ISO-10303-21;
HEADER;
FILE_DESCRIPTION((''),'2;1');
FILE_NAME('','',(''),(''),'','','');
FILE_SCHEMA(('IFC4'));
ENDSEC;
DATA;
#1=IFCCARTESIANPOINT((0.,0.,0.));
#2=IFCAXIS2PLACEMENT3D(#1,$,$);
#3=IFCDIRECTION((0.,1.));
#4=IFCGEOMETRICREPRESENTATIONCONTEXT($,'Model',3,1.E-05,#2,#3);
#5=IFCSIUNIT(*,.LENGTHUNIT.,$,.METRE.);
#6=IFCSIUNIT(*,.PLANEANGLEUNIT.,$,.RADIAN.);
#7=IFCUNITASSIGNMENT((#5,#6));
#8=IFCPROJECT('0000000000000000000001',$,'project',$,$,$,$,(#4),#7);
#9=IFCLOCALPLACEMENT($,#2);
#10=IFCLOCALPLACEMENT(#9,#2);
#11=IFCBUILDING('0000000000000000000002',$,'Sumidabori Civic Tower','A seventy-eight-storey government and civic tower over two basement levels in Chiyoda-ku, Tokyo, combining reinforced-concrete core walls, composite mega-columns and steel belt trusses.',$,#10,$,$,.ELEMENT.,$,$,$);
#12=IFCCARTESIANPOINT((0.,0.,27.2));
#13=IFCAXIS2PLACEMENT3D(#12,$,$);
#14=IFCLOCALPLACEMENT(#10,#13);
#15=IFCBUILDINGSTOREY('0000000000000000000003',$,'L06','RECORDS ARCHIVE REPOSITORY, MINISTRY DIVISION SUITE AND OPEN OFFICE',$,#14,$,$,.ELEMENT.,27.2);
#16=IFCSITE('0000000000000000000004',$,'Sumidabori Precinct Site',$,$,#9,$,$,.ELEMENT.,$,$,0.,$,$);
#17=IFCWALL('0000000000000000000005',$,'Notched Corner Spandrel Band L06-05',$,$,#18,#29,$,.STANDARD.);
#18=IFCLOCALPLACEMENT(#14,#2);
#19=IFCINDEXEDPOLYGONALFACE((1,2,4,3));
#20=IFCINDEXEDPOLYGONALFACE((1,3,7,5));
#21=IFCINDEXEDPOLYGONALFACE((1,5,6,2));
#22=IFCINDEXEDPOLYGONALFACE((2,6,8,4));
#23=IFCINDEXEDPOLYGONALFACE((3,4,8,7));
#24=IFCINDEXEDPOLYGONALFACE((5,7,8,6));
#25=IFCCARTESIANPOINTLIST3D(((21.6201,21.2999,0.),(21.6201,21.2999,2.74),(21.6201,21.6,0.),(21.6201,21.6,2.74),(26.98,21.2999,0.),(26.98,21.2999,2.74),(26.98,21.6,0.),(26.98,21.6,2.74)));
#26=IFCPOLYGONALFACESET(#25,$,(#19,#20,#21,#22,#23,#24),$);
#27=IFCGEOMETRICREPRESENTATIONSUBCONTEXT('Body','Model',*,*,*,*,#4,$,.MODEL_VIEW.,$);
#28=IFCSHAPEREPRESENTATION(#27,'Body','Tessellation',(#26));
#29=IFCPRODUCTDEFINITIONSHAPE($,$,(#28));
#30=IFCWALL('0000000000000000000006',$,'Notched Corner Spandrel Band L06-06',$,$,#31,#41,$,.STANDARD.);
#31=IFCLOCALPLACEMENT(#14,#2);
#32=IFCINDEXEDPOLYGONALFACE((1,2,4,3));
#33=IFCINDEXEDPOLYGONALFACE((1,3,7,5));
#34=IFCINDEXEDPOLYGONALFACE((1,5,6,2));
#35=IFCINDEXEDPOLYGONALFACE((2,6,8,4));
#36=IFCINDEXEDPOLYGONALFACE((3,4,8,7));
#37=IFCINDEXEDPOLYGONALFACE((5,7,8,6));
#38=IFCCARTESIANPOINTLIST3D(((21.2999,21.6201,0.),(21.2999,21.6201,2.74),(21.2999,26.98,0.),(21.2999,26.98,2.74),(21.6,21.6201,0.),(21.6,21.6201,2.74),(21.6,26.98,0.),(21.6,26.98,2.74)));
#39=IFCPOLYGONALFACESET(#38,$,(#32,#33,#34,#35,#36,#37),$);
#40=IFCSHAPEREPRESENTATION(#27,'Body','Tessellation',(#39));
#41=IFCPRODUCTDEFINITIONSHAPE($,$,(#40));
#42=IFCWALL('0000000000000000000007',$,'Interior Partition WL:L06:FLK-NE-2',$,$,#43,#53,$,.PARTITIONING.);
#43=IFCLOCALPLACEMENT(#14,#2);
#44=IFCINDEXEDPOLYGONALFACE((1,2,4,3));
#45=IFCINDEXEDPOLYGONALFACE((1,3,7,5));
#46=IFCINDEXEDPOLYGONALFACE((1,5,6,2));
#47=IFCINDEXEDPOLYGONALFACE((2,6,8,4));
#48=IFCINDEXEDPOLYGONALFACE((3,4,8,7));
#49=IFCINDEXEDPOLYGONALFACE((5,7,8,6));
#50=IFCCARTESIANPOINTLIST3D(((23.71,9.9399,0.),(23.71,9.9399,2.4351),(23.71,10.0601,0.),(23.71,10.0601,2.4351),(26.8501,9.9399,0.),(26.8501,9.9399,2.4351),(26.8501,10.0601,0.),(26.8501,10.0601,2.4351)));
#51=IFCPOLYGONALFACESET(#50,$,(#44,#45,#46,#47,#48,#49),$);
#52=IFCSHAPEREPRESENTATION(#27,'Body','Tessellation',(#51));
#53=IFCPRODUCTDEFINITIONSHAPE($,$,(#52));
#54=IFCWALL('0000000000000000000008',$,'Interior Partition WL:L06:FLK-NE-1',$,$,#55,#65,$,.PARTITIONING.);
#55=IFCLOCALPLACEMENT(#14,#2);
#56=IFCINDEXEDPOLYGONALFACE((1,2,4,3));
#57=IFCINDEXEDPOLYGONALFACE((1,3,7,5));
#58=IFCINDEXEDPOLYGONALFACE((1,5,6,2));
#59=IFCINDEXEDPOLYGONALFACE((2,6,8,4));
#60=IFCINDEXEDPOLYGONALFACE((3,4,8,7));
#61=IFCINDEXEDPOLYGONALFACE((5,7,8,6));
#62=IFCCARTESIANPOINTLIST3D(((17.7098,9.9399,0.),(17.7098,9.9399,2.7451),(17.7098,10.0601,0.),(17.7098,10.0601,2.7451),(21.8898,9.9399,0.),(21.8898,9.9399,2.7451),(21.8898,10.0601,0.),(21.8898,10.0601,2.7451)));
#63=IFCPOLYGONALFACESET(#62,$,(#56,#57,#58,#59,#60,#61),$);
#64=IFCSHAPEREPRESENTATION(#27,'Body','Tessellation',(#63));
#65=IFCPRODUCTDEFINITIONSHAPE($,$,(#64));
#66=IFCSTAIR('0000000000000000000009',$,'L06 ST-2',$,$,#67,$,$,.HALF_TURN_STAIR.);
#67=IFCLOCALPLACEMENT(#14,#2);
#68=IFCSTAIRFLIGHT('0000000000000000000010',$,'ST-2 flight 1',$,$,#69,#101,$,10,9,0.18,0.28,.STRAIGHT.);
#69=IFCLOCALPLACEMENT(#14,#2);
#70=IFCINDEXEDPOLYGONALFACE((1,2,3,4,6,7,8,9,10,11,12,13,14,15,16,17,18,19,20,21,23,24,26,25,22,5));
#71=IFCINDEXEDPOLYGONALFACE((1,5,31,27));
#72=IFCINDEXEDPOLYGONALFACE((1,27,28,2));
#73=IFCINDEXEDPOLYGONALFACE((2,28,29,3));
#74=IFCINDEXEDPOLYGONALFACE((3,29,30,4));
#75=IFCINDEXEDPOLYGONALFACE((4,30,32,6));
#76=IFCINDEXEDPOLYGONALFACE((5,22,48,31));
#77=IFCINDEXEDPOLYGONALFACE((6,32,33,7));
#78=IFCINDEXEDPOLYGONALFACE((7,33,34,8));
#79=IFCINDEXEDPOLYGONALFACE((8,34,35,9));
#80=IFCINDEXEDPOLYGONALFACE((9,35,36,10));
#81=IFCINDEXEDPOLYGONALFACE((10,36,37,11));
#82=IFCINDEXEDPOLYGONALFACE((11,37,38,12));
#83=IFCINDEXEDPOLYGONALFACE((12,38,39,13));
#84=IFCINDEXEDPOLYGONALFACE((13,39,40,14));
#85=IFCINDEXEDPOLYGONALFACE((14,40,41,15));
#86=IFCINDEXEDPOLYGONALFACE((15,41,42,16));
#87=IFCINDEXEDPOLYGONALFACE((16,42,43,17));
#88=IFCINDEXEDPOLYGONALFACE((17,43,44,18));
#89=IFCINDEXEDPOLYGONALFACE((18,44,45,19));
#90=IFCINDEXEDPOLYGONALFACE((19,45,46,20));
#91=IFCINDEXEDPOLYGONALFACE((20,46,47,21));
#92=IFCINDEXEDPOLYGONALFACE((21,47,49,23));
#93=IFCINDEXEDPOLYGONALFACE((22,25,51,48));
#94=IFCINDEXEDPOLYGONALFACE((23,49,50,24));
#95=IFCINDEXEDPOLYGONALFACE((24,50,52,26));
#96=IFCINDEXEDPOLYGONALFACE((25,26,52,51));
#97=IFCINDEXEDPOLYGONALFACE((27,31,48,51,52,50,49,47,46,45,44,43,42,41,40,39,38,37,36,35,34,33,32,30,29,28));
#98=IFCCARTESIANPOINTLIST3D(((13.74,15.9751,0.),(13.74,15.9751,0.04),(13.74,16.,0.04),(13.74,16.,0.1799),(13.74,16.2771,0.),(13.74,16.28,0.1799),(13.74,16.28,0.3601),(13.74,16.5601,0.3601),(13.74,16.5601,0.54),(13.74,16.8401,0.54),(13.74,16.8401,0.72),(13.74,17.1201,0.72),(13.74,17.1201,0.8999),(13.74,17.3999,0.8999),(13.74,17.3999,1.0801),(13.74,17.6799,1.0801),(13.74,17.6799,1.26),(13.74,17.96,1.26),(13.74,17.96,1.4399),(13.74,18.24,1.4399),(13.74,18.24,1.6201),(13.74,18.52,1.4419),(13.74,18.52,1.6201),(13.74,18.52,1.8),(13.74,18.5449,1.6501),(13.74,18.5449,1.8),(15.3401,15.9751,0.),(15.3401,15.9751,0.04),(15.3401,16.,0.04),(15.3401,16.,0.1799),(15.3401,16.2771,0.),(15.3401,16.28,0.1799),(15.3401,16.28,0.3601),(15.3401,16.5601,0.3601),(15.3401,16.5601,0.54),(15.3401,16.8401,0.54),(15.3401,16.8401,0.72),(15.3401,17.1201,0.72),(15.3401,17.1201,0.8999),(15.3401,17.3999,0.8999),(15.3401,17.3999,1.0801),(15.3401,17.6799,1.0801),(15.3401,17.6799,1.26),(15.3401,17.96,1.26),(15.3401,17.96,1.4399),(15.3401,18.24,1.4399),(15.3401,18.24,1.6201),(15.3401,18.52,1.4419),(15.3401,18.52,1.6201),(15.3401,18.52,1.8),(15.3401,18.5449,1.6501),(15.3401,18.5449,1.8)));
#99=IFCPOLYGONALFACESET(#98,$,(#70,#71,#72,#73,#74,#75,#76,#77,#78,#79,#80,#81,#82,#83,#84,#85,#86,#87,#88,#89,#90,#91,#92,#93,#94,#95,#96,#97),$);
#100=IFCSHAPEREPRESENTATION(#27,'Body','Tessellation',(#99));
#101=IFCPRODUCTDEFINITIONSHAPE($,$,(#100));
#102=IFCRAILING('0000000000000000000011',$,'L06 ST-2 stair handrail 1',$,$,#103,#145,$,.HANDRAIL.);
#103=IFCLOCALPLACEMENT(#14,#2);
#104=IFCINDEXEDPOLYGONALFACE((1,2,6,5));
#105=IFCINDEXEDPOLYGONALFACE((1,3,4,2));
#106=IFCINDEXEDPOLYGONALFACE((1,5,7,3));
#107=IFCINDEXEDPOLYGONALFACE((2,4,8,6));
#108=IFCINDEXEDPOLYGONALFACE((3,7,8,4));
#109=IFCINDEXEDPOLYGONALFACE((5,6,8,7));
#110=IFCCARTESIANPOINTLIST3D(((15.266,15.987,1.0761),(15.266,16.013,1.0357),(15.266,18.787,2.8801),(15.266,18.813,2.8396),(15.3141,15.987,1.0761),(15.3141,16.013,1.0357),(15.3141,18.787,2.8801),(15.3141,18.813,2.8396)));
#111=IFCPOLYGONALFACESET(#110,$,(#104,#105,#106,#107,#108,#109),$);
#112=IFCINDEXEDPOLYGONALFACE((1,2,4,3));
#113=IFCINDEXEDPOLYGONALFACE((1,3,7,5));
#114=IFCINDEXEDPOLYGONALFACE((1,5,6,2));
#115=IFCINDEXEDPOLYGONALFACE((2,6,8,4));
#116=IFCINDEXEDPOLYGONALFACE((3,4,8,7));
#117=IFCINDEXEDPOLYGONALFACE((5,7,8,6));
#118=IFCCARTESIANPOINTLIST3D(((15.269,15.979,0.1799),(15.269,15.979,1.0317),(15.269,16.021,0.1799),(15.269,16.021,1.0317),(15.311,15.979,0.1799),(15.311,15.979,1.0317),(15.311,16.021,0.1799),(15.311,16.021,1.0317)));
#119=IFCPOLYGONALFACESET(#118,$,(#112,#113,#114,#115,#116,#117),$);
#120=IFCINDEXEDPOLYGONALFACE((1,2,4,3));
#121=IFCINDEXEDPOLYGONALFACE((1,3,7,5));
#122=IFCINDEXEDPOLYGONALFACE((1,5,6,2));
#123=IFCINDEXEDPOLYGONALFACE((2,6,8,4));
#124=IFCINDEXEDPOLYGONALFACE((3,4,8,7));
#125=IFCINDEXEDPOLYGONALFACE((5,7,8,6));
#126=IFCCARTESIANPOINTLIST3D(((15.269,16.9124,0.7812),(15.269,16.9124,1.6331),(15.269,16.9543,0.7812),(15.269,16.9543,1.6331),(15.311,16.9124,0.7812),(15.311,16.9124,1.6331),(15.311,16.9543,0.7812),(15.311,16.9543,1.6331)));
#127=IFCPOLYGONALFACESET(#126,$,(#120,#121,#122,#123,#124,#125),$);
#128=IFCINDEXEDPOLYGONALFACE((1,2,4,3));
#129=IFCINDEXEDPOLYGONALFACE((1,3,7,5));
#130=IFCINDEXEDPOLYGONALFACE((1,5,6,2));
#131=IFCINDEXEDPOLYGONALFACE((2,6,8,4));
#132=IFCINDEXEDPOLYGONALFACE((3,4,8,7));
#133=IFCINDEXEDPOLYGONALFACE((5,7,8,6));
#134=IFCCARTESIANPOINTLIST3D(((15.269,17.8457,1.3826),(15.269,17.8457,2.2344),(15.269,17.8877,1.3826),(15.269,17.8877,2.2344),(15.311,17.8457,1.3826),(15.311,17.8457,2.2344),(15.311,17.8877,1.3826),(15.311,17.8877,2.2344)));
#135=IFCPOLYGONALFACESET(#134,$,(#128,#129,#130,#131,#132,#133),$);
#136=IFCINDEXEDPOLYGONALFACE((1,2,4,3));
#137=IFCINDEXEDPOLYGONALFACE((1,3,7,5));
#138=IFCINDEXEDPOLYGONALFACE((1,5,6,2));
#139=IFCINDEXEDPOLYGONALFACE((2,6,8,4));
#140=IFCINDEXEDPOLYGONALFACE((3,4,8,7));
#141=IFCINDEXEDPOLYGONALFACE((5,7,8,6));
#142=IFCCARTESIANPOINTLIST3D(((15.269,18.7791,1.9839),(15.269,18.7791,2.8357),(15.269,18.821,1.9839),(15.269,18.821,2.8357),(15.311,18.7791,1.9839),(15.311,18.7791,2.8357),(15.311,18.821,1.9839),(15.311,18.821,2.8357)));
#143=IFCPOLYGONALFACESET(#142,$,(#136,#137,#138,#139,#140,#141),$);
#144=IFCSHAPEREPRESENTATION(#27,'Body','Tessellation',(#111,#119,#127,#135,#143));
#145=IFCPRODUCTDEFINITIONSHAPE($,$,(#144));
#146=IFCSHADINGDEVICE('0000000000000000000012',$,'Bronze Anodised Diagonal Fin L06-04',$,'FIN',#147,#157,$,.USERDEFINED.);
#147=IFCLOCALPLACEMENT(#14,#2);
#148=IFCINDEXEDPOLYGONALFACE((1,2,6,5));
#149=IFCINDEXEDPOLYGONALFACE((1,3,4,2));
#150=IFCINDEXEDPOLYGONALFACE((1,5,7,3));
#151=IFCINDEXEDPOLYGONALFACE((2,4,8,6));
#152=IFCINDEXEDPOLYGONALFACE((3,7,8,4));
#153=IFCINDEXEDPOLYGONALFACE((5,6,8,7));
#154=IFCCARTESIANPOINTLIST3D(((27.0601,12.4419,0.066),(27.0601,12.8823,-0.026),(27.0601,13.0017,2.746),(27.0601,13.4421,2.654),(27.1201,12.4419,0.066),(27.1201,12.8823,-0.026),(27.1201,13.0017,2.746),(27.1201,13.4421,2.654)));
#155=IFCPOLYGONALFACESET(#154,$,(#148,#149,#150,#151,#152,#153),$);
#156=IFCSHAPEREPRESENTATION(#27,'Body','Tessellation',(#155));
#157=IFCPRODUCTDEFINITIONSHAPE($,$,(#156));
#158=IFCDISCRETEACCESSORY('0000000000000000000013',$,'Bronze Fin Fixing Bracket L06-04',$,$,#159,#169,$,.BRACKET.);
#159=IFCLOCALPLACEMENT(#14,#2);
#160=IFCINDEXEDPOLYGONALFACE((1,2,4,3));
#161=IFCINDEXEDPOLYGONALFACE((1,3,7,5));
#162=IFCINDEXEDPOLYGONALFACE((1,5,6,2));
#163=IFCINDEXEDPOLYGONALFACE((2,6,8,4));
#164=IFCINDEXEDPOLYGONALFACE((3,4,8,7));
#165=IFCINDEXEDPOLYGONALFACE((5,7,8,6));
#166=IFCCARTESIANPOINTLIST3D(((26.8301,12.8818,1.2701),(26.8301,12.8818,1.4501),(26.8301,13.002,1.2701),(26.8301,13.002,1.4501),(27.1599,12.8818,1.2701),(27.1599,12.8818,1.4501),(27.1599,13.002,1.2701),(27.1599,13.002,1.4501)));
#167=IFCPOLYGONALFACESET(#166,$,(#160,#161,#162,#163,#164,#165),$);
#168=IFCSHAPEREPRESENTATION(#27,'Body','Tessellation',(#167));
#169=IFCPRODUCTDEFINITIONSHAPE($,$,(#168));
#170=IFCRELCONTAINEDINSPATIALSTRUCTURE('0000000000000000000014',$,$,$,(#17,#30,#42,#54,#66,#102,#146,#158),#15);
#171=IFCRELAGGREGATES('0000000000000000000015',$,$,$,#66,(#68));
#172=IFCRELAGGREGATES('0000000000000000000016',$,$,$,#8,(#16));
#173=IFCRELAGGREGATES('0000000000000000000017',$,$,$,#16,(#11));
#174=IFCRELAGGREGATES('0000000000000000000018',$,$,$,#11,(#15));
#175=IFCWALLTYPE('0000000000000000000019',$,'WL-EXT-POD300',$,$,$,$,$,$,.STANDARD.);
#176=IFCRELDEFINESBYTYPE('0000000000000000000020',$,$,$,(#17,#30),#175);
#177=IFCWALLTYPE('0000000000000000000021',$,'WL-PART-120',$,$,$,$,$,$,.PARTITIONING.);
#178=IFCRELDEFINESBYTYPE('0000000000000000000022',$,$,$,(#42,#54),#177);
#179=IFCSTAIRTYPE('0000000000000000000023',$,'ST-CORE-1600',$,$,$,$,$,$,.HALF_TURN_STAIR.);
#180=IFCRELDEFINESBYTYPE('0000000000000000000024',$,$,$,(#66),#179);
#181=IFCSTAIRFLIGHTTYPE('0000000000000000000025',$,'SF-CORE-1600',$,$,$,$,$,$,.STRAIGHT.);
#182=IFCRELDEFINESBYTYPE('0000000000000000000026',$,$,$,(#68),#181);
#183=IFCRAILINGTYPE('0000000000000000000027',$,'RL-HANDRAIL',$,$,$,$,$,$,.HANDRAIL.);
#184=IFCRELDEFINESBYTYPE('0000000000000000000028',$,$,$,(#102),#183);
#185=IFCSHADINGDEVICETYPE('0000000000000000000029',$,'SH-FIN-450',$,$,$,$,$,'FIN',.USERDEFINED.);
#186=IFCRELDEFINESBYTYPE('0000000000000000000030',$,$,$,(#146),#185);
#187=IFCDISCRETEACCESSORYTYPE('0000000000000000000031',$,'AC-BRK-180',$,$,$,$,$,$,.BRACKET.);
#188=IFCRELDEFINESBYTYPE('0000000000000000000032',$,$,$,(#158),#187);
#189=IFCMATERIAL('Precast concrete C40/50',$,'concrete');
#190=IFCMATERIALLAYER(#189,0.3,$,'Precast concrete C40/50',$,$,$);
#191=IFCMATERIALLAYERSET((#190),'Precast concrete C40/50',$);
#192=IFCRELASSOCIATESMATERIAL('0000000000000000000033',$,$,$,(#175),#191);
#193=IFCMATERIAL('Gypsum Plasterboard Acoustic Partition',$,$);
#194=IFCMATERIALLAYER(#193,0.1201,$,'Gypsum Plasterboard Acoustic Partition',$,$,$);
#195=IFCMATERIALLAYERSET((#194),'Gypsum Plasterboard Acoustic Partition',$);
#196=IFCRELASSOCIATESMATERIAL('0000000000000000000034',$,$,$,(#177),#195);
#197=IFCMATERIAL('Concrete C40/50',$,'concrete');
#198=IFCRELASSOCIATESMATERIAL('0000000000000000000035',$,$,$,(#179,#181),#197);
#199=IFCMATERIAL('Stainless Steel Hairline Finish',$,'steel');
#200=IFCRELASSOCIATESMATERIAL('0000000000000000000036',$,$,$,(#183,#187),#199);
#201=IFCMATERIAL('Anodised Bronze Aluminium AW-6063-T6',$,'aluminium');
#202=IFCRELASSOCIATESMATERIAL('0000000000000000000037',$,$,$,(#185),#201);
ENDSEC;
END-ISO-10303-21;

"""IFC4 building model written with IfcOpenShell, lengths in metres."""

from ifc_helpers import new_model, si_unit, direction, frame, frame_2d, origin, origin_2d, place, context, subcontext, project, spatial, polyline, rectangle, outline, extrude, source, transform, mapped, material, layer, layer_set, material_profile, profile_set, type_object, element, aggregate, save


model = new_model("IFC4")

# Units and contexts
model_context = context("Model", 3, precision=1e-05, world=origin(), true_north=direction((0.0, 1.0)))
body_context = subcontext(model_context, "Body", "Model", "MODEL_VIEW")
ifc_project = project(units=[si_unit("LENGTHUNIT", "METRE"), si_unit("PLANEANGLEUNIT", "RADIAN")], contexts=[model_context])

# Site, building, storey
site_placement = place(None, origin())
site = spatial("IfcSite", under=ifc_project, at=site_placement, Name="Sumidabori Precinct Site", CompositionType="ELEMENT", RefElevation=0.0)
building_placement = place(site_placement, origin())
building = spatial("IfcBuilding", under=site, at=building_placement, Name="Sumidabori Civic Tower", Description="A seventy-eight-storey government and civic tower over two basement levels in Chiyoda-ku, Tokyo, combining reinforced-concrete core walls, composite mega-columns and steel belt trusses.", CompositionType="ELEMENT")
storey_placement = place(building_placement, frame((0.0, 0.0, 27.2)))
storey = spatial("IfcBuildingStorey", under=building, at=storey_placement, Name="L06", Description="RECORDS ARCHIVE REPOSITORY, MINISTRY DIVISION SUITE AND OPEN OFFICE", CompositionType="ELEMENT", Elevation=27.2)

# Shared definitions
ifc_material_1 = material(Name="Anodised Bronze Aluminium AW-6063-T6", Category="aluminium")

# Walls
ifc_material_2 = material(Name="Precast concrete C40/50", Category="concrete")
ifc_layer_1 = layer(ifc_material_2, 0.3, Name="Precast concrete C40/50")
ifc_layer_set_1 = layer_set([ifc_layer_1], Name="Precast concrete C40/50")
wall_type_1 = type_object("IfcWallType", Name="WL-EXT-POD300", PredefinedType="STANDARD", material=ifc_layer_set_1)
shared_shape_1 = source(origin(), body_context, "Body", "SweptSolid", [
    extrude(rectangle(XDim=5.3599, YDim=0.3, at=frame_2d((2.6799, 0.0))), origin(), (0.0, 0.0, 1.0), 2.74),
])
for number, where, z_axis, x_axis, name in (
    (1, (26.98, 21.45, 0.0), (0.0, 0.0, 1.0), (-1.0, 0.0, 0.0), "Notched Corner Spandrel Band L06-05"),
    (2, (21.45, 21.6201, 0.0), (0.0, 0.0, 1.0), (0.0, 1.0, 0.0), "Notched Corner Spandrel Band L06-06"),
):
    element("IfcWall", number, at=place(storey_placement, frame(where, z_axis=z_axis, x_axis=x_axis)), inside=storey, type_object=wall_type_1, Name=name, PredefinedType="STANDARD", context=body_context, shape_type="MappedRepresentation", body=[
        mapped(shared_shape_1, transform((0.0, 0.0, 0.0), x_axis=(1.0, 0.0, 0.0), y_axis=(0.0, 1.0, 0.0), z_axis=(0.0, 0.0, 1.0), scale=1.0)),
    ])
ifc_material_3 = material(Name="Gypsum Plasterboard Acoustic Partition")
ifc_layer_2 = layer(ifc_material_3, 0.1201, Name="Gypsum Plasterboard Acoustic Partition")
ifc_layer_set_2 = layer_set([ifc_layer_2], Name="Gypsum Plasterboard Acoustic Partition")
wall_type_2 = type_object("IfcWallType", Name="WL-PART-120", PredefinedType="PARTITIONING", material=ifc_layer_set_2)
shared_shape_2 = source(origin(), body_context, "Body", "SweptSolid", [
    extrude(rectangle(XDim=3.1401, YDim=0.1201, at=frame_2d((1.5701, 0.0))), origin(), (0.0, 0.0, 1.0), 2.4351),
])
wall_1_placement = place(storey_placement, frame((23.71, 10.0, 0.0), z_axis=(0.0, 0.0, 1.0), x_axis=(1.0, 0.0, 0.0)))
element("IfcWall", 3, at=wall_1_placement, inside=storey, type_object=wall_type_2, Name="Interior Partition WL:L06:FLK-NE-2", PredefinedType="PARTITIONING", context=body_context, shape_type="MappedRepresentation", body=[
    mapped(shared_shape_2, transform((0.0, 0.0, 0.0), x_axis=(1.0, 0.0, 0.0), y_axis=(0.0, 1.0, 0.0), z_axis=(0.0, 0.0, 1.0), scale=1.0)),
])
shared_shape_3 = source(origin(), body_context, "Body", "SweptSolid", [
    extrude(rectangle(XDim=4.1799, YDim=0.1201, at=frame_2d((2.0898, 0.0))), origin(), (0.0, 0.0, 1.0), 2.7451),
])
wall_2_placement = place(storey_placement, frame((17.71, 10.0, 0.0), z_axis=(0.0, 0.0, 1.0), x_axis=(1.0, 0.0, 0.0)))
element("IfcWall", 4, at=wall_2_placement, inside=storey, type_object=wall_type_2, Name="Interior Partition WL:L06:FLK-NE-1", PredefinedType="PARTITIONING", context=body_context, shape_type="MappedRepresentation", body=[
    mapped(shared_shape_3, transform((0.0, 0.0, 0.0), x_axis=(1.0, 0.0, 0.0), y_axis=(0.0, 1.0, 0.0), z_axis=(0.0, 0.0, 1.0), scale=1.0)),
])

# Stair, stair flight
ifc_material_4 = material(Name="Concrete C40/50", Category="concrete")
stair_type = type_object("IfcStairType", Name="ST-CORE-1600", PredefinedType="HALF_TURN_STAIR", material=ifc_material_4)
stair_placement = place(storey_placement, origin())
stair = element("IfcStair", 5, at=stair_placement, inside=storey, type_object=stair_type, Name="L06 ST-2", PredefinedType="HALF_TURN_STAIR")
stair_flight_type = type_object("IfcStairFlightType", Name="SF-CORE-1600", PredefinedType="STRAIGHT", material=ifc_material_4)
shared_shape_4 = source(origin(), body_context, "Body", "SweptSolid", [
    extrude(outline(polyline([(-0.0249, 0.0), (-0.0249, 0.04), (0.0, 0.04), (0.0, 0.1799), (0.28, 0.1799), (0.28, 0.3601), (0.5601, 0.3601), (0.5601, 0.54), (0.8401, 0.54), (0.8401, 0.72), (1.1201, 0.72), (1.1201, 0.8999), (1.3999, 0.8999), (1.3999, 1.0801), (1.6799, 1.0801), (1.6799, 1.26), (1.96, 1.26), (1.96, 1.4399), (2.24, 1.4399), (2.24, 1.6201), (2.52, 1.6201), (2.52, 1.8), (2.5449, 1.8), (2.5449, 1.6501), (2.52, 1.4419), (0.2771, 0.0), (-0.0249, 0.0)])), frame((0.0, 0.8, 0.0), z_axis=(0.0, -1.0, 0.0), x_axis=(1.0, 0.0, 0.0)), (0.0, 0.0, 1.0), 1.6001),
])
stair_flight_placement = place(storey_placement, frame((14.54, 16.0, 0.0), z_axis=(0.0, 0.0, 1.0), x_axis=(0.0, 1.0, 0.0)))
stair_flight = element("IfcStairFlight", 6, at=stair_flight_placement, type_object=stair_flight_type, Name="ST-2 flight 1", NumberOfRisers=10, NumberOfTreads=9, PredefinedType="STRAIGHT", RiserHeight=0.18, TreadLength=0.28, context=body_context, shape_type="MappedRepresentation", body=[
    mapped(shared_shape_4, transform((0.0, 0.0, 0.0), x_axis=(1.0, 0.0, 0.0), y_axis=(0.0, 1.0, 0.0), z_axis=(0.0, 0.0, 1.0), scale=1.0)),
])
aggregate(stair, [stair_flight])

# Railing
ifc_material_5 = material(Name="Stainless Steel Hairline Finish", Category="steel")
railing_type = type_object("IfcRailingType", Name="RL-HANDRAIL", PredefinedType="HANDRAIL", material=ifc_material_5)
railing_placement = place(storey_placement, frame((15.29, 16.0, 0.1799)))
element("IfcRailing", 7, at=railing_placement, inside=storey, type_object=railing_type, Name="L06 ST-2 stair handrail 1", PredefinedType="HANDRAIL", context=body_context, shape_type="SweptSolid", body=[
    extrude(rectangle(XDim=0.0481, YDim=0.0481, at=origin_2d()), frame((0.0, 0.0, 0.876), z_axis=(0.0, 0.840642, 0.541591), x_axis=(-1.0, 0.0, 0.0)), (0.0, 0.0, 1.0), 3.3308),
    extrude(rectangle(XDim=0.042, YDim=0.042, at=origin_2d()), origin(), (0.0, 0.0, 1.0), 0.8518),
    extrude(rectangle(XDim=0.042, YDim=0.042, at=origin_2d()), frame((0.0, 0.9333, 0.6013)), (0.0, 0.0, 1.0), 0.8518),
    extrude(rectangle(XDim=0.042, YDim=0.042, at=origin_2d()), frame((0.0, 1.8667, 1.2026)), (0.0, 0.0, 1.0), 0.8518),
    extrude(rectangle(XDim=0.042, YDim=0.042, at=origin_2d()), frame((0.0, 2.8, 1.804)), (0.0, 0.0, 1.0), 0.8518),
])

# Shading device
ifc_material_profile_1 = material_profile(ifc_material_1, rectangle(XDim=0.0601, YDim=0.45, at=origin_2d()), Name="BRONZE FIN 450x60")
ifc_profile_set_1 = profile_set([ifc_material_profile_1], Name="Anodised Bronze Aluminium AW-6063-T6")
shading_device_type = type_object("IfcShadingDeviceType", Name="SH-FIN-450", ElementType="FIN", PredefinedType="USERDEFINED", material=ifc_profile_set_1)
shared_shape_5 = source(origin(), body_context, "Body", "SweptSolid", [
    extrude(rectangle(XDim=0.0601, YDim=0.45, at=origin_2d()), origin(), (0.0, 0.0, 1.0), 2.7378),
])
shading_device_placement = place(storey_placement, frame((27.0901, 12.6621, 0.02), z_axis=(0.0, 0.204478, 0.978871), x_axis=(-1.0, 0.0, 0.0)))
element("IfcShadingDevice", 8, at=shading_device_placement, inside=storey, type_object=shading_device_type, Name="Bronze Anodised Diagonal Fin L06-04", ObjectType="FIN", PredefinedType="USERDEFINED", context=body_context, shape_type="MappedRepresentation", body=[
    mapped(shared_shape_5, transform((0.0, 0.0, 0.0), x_axis=(1.0, 0.0, 0.0), y_axis=(0.0, 1.0, 0.0), z_axis=(0.0, 0.0, 1.0), scale=1.0)),
])

# Discrete accessory
ifc_material_profile_2 = material_profile(ifc_material_5, rectangle(XDim=0.1201, YDim=0.1799, at=origin_2d()), Name="STEEL BRACKET 180x120")
ifc_profile_set_2 = profile_set([ifc_material_profile_2], Name="Stainless Steel Hairline Finish")
discrete_accessory_type = type_object("IfcDiscreteAccessoryType", Name="AC-BRK-180", PredefinedType="BRACKET", material=ifc_profile_set_2)
shared_shape_6 = source(origin(), body_context, "Body", "SweptSolid", [
    extrude(rectangle(XDim=0.1201, YDim=0.1799, at=origin_2d()), origin(), (0.0, 0.0, 1.0), 0.3298),
])
discrete_accessory_placement = place(storey_placement, frame((26.8301, 12.9419, 1.3601), z_axis=(1.0, 0.0, 0.0), x_axis=(0.0, 1.0, 0.0)))
element("IfcDiscreteAccessory", 9, at=discrete_accessory_placement, inside=storey, type_object=discrete_accessory_type, Name="Bronze Fin Fixing Bracket L06-04", PredefinedType="BRACKET", context=body_context, shape_type="MappedRepresentation", body=[
    mapped(shared_shape_6, transform((0.0, 0.0, 0.0), x_axis=(1.0, 0.0, 0.0), y_axis=(0.0, 1.0, 0.0), z_axis=(0.0, 0.0, 1.0), scale=1.0)),
])

save(model, "model.ifc")
